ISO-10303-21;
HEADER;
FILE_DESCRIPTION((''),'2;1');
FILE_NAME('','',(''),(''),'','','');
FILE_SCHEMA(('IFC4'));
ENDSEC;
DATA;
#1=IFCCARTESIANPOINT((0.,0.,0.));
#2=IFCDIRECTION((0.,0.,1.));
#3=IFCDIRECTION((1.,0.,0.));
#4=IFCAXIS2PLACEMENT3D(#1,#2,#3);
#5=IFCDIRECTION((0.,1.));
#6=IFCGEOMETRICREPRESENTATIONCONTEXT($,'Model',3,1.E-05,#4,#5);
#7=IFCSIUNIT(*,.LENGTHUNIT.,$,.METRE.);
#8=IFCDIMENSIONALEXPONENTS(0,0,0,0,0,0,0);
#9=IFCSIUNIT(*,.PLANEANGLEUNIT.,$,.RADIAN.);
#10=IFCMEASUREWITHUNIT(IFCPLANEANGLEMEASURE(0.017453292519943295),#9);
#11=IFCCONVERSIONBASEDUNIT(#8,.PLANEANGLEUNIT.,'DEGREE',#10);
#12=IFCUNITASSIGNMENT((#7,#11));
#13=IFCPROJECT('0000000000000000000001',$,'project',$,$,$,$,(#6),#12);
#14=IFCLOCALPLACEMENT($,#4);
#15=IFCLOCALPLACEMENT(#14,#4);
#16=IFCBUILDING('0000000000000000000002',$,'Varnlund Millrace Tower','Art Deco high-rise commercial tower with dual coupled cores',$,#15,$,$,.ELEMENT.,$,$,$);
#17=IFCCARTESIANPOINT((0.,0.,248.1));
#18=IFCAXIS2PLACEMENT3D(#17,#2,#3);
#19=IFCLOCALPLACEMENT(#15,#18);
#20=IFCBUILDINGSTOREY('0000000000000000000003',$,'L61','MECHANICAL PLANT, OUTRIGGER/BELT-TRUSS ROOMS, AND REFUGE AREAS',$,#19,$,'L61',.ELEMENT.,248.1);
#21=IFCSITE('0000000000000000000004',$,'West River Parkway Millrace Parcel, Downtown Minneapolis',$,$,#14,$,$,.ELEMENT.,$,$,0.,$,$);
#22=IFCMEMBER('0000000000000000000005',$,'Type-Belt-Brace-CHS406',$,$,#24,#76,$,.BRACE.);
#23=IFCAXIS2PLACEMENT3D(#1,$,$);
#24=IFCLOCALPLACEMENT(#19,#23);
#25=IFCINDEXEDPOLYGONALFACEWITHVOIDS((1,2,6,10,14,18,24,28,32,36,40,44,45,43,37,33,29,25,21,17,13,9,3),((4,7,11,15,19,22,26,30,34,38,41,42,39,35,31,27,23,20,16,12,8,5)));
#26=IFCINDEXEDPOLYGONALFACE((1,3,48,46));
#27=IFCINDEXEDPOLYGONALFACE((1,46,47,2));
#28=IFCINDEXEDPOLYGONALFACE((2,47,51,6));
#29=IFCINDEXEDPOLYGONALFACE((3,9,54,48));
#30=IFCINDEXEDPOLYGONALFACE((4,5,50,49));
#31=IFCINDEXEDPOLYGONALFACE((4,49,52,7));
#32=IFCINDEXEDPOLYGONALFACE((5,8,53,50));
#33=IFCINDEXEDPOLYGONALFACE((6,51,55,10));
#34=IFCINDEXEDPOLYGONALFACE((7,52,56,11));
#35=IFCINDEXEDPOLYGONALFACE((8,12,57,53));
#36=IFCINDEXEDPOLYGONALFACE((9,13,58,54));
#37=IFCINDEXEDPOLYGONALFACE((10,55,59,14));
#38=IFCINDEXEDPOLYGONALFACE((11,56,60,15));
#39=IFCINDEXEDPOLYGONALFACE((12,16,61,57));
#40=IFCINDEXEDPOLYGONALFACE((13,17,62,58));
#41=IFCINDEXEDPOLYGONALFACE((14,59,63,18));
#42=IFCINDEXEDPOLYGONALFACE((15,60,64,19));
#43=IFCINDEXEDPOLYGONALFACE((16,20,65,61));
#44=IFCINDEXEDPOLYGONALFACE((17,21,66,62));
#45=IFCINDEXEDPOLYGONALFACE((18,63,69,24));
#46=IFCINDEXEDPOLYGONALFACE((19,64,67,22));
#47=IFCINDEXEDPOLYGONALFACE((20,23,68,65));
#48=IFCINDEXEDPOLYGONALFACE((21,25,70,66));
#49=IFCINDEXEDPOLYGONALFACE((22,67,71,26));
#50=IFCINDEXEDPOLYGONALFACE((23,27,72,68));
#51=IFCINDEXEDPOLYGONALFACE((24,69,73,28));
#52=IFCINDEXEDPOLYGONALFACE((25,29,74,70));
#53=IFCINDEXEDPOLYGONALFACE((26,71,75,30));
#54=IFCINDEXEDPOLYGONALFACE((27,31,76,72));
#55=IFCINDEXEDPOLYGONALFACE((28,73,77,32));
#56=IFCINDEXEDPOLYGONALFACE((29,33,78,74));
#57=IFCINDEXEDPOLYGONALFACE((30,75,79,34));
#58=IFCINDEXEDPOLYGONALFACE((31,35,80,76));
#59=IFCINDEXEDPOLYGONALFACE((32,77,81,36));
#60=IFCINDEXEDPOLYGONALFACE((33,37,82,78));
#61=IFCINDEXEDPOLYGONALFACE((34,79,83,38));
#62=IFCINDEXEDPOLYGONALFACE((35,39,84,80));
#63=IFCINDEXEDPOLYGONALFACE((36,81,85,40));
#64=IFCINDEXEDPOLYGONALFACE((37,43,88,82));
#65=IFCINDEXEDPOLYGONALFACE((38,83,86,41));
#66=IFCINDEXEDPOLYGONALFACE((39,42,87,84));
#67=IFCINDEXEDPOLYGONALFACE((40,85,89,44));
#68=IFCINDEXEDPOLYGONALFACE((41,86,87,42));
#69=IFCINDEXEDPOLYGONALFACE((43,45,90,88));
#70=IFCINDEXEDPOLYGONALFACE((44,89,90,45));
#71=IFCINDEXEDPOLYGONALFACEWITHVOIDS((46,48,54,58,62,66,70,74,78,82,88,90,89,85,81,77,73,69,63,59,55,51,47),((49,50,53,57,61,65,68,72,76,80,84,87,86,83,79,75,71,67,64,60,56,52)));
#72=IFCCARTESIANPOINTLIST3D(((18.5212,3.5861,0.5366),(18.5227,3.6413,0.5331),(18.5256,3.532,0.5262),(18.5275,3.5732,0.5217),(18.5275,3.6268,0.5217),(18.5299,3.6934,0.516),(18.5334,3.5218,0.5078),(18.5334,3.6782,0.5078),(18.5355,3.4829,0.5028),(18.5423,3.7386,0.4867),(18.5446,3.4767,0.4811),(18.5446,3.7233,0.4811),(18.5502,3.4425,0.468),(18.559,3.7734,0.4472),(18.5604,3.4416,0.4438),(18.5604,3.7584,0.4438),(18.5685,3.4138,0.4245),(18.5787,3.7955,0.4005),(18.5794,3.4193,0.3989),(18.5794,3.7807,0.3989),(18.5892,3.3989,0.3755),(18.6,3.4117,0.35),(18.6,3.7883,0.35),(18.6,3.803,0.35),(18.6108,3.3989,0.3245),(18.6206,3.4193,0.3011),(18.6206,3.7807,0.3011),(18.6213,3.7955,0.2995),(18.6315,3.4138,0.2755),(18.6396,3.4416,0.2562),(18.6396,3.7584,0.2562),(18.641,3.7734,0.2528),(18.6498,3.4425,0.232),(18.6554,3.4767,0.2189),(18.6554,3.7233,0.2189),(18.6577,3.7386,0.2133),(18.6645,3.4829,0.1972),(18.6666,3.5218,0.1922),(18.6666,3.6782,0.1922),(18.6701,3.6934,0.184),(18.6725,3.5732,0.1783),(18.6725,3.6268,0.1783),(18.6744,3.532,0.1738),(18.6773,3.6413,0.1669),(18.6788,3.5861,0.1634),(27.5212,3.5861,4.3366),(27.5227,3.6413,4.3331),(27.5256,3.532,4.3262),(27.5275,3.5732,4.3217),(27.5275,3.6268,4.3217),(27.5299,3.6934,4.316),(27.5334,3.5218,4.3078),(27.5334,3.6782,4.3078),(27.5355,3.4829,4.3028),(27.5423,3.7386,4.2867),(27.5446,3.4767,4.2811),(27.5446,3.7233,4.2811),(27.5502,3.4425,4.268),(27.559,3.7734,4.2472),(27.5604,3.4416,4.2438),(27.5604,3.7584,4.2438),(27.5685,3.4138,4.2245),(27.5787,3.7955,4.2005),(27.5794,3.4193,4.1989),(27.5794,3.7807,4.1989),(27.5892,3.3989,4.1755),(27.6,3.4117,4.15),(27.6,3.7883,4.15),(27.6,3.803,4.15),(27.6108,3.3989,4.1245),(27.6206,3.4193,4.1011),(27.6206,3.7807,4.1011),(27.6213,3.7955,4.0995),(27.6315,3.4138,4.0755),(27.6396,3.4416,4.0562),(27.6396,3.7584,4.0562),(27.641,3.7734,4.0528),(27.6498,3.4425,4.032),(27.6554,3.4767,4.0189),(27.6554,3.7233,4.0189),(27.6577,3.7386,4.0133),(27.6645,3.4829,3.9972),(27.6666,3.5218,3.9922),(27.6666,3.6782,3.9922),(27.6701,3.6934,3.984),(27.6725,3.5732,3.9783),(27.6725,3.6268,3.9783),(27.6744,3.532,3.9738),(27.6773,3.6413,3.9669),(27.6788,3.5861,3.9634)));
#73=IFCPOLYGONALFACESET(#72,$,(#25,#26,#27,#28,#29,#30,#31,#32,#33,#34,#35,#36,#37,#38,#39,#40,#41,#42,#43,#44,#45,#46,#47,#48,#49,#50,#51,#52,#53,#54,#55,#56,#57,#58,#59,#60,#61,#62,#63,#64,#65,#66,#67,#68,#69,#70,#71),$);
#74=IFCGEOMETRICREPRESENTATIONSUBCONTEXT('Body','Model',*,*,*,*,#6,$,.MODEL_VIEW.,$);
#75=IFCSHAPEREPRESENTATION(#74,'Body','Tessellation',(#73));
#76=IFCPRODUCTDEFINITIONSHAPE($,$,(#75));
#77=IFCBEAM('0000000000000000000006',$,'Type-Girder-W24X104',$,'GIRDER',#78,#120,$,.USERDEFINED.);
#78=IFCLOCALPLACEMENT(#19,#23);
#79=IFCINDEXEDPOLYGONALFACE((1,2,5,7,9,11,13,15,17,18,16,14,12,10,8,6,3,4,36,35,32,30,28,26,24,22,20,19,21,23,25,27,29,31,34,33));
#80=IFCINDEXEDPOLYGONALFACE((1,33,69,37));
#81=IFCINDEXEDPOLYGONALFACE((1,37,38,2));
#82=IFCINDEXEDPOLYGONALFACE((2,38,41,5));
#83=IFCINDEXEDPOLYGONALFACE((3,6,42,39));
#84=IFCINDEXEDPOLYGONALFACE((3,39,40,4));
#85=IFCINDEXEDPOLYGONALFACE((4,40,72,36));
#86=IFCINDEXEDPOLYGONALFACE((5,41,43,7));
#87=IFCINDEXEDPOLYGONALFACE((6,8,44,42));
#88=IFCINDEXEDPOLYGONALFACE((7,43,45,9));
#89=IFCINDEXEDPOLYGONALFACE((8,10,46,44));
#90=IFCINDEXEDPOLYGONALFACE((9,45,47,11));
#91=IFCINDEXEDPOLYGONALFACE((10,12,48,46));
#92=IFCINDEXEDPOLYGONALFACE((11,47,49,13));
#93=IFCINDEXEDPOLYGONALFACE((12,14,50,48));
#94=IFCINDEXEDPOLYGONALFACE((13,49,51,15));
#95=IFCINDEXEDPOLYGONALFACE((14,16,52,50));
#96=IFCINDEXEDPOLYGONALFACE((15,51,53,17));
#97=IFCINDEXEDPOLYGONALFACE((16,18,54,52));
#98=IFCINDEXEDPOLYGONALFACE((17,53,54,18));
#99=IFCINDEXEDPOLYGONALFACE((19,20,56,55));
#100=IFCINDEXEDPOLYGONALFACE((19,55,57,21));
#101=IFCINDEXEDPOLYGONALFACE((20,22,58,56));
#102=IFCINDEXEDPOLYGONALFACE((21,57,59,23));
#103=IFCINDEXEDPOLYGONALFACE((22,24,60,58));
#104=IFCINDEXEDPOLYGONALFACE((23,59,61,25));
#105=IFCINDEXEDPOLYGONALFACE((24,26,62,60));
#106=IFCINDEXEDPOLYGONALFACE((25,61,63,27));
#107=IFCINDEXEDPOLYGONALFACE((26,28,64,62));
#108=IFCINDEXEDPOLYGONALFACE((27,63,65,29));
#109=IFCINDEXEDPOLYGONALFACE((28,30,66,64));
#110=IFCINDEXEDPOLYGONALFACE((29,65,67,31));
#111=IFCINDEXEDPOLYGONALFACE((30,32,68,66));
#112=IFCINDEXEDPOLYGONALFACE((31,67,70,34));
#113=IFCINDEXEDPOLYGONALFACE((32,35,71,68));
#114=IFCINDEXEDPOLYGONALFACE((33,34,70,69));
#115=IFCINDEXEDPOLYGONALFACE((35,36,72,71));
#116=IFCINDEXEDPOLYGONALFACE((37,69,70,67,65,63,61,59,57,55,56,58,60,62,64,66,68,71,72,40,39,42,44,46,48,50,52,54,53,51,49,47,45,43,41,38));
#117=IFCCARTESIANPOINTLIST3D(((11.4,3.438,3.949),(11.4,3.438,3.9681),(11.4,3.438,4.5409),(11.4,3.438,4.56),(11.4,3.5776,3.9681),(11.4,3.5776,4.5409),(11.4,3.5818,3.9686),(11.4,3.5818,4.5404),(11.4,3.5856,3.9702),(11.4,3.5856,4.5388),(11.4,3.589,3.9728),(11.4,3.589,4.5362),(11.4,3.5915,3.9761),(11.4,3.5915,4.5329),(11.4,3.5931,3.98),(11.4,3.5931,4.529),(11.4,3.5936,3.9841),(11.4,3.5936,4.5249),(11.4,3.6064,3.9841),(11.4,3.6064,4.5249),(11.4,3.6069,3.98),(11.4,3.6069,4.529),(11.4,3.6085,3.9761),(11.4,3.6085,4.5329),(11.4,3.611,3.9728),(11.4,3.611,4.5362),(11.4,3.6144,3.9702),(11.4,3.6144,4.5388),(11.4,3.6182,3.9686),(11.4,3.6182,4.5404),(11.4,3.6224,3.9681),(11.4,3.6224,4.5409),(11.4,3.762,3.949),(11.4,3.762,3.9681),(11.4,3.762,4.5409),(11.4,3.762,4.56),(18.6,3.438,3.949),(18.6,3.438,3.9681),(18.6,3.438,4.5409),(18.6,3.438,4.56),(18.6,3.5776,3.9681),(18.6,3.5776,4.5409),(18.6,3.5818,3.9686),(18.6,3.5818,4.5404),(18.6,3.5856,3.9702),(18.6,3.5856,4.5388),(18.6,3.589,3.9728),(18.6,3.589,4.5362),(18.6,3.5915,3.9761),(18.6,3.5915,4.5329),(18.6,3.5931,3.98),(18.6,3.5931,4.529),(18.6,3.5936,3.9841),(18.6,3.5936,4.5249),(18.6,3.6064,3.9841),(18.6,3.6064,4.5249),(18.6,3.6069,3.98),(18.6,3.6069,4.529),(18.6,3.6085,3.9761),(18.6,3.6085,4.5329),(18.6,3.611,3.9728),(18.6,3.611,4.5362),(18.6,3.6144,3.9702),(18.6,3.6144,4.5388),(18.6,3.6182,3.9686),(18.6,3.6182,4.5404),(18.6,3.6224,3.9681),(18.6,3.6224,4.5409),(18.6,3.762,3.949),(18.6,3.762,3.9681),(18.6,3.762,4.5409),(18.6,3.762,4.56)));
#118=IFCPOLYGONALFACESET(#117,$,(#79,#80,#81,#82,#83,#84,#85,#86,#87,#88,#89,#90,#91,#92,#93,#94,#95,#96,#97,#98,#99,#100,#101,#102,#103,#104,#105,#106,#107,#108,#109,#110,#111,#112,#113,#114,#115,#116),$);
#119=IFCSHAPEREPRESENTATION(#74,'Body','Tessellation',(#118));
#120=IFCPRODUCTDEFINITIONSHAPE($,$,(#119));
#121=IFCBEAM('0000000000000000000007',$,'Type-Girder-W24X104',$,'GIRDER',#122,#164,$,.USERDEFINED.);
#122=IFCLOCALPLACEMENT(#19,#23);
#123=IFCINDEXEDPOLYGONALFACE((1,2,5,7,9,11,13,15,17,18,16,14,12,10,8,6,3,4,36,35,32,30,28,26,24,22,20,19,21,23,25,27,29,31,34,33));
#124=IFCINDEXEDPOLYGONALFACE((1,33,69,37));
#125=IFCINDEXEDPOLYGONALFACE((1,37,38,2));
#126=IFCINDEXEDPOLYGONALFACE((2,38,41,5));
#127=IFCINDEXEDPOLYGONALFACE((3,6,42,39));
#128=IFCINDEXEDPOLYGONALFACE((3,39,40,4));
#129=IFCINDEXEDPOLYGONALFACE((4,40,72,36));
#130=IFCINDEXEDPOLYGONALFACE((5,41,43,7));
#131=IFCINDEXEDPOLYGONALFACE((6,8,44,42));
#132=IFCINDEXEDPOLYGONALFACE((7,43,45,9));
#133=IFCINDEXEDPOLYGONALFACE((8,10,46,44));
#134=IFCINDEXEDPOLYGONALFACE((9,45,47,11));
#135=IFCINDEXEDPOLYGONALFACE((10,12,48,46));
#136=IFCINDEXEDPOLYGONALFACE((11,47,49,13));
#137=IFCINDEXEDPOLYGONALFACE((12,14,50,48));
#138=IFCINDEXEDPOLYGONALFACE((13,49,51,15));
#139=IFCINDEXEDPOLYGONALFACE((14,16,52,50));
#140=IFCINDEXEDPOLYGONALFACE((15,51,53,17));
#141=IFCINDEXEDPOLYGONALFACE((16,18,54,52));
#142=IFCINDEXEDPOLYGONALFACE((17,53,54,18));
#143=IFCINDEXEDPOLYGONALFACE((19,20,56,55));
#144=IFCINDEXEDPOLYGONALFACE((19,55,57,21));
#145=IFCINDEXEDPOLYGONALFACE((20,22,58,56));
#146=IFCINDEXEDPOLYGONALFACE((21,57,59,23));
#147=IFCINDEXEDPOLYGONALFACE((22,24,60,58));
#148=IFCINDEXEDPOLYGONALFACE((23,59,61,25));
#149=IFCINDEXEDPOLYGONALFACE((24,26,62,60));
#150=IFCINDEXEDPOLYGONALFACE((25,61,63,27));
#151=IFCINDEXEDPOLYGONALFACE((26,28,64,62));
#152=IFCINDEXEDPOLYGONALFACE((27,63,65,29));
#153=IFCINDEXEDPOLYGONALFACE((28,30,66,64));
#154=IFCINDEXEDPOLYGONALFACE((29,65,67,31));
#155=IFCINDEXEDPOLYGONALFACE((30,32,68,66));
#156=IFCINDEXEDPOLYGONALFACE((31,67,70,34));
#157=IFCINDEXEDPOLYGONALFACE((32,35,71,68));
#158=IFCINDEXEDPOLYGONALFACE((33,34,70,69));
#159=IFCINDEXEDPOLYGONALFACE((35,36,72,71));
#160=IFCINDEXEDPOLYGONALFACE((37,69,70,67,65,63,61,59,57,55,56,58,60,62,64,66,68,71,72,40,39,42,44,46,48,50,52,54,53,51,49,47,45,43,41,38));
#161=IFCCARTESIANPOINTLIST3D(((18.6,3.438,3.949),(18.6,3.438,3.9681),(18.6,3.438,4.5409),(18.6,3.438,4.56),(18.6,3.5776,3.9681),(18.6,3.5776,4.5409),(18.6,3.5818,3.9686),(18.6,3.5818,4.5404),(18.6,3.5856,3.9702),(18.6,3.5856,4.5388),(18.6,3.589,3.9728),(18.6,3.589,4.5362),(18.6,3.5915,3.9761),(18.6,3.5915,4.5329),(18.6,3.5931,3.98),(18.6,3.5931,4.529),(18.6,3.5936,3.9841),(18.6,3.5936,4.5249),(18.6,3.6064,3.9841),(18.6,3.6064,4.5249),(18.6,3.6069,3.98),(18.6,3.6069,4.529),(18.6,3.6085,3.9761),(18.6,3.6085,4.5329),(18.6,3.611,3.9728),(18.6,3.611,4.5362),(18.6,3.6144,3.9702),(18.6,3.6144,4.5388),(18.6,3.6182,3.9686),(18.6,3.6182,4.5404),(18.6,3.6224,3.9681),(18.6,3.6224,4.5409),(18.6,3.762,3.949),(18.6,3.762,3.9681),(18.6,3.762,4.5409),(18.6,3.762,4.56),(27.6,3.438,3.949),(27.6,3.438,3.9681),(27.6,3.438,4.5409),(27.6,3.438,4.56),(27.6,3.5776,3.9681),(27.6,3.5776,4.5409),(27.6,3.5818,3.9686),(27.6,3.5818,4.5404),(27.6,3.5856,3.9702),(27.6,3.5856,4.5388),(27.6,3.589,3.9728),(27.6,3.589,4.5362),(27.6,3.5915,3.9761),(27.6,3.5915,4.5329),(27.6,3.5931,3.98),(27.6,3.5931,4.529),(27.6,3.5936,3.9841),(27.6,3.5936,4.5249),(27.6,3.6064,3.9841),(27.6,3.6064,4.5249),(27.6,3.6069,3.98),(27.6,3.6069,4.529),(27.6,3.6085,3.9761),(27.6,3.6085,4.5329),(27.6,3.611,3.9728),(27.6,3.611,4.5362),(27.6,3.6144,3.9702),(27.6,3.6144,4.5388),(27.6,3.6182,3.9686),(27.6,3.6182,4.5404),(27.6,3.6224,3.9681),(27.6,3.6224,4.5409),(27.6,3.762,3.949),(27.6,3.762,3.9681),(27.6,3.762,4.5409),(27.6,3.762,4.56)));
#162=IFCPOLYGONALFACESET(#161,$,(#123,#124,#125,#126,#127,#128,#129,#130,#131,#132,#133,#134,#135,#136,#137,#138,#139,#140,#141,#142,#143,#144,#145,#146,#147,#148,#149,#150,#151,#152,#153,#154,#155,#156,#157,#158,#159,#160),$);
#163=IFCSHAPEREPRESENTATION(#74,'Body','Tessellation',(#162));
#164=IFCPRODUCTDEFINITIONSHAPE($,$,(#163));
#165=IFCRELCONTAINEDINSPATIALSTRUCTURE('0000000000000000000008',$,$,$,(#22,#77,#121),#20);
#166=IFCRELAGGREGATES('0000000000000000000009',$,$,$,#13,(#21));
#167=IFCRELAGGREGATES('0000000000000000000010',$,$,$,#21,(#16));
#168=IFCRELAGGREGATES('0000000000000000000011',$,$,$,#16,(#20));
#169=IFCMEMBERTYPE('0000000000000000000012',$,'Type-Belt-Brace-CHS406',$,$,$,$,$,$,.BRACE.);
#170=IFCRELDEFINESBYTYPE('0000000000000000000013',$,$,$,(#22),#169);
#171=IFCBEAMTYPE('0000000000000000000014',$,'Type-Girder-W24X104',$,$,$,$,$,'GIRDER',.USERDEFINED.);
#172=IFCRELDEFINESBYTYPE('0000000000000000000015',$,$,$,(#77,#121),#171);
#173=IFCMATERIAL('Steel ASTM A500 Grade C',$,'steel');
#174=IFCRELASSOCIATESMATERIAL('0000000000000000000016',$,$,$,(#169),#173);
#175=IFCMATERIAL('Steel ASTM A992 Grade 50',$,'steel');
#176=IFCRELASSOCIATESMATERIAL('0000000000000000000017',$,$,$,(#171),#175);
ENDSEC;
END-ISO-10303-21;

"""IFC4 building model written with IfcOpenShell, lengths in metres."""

from ifc_helpers import new_model, entity, si_unit, converted_unit, direction, frame, origin_with_axes, origin_2d_with_axis, place, context, subcontext, project, spatial, hollow_circle, i_section, extrude, material, material_profile, profile_set, type_object, element, save


model = new_model("IFC4")

# Units and contexts
model_context = context("Model", 3, precision=1e-05, world=origin_with_axes(), true_north=direction((0.0, 1.0)))
body_context = subcontext(model_context, "Body", "Model", "MODEL_VIEW")
ifc_project = project(units=[si_unit("LENGTHUNIT", "METRE"), converted_unit("PLANEANGLEUNIT", "DEGREE", entity("IfcPlaneAngleMeasure", 0.017453292519943295), si_unit("PLANEANGLEUNIT", "RADIAN"), dimensions=[0, 0, 0, 0, 0, 0, 0])], contexts=[model_context])

# Site, building, storey
site_placement = place(None, origin_with_axes())
site = spatial("IfcSite", under=ifc_project, at=site_placement, Name="West River Parkway Millrace Parcel, Downtown Minneapolis", CompositionType="ELEMENT", RefElevation=0.0)
building_placement = place(site_placement, origin_with_axes())
building = spatial("IfcBuilding", under=site, at=building_placement, Name="Varnlund Millrace Tower", Description="Art Deco high-rise commercial tower with dual coupled cores", CompositionType="ELEMENT")
storey_placement = place(building_placement, frame((0.0, 0.0, 248.1), z_axis=(0.0, 0.0, 1.0), x_axis=(1.0, 0.0, 0.0)))
storey = spatial("IfcBuildingStorey", under=building, at=storey_placement, Name="L61", Description="MECHANICAL PLANT, OUTRIGGER/BELT-TRUSS ROOMS, AND REFUGE AREAS", LongName="L61", CompositionType="ELEMENT", Elevation=248.1)

# Shared definitions
ifc_material_1 = material(Name="Steel ASTM A992 Grade 50", Category="steel")

# Member
ifc_material_2 = material(Name="Steel ASTM A500 Grade C", Category="steel")
ifc_material_profile_1 = material_profile(ifc_material_2, hollow_circle(Radius=0.203, WallThickness=0.0147, at=origin_2d_with_axis()), Name="Steel ASTM A500 Grade C")
ifc_profile_set_1 = profile_set([ifc_material_profile_1], Name="Steel ASTM A500 Grade C")
member_type = type_object("IfcMemberType", Name="Type-Belt-Brace-CHS406", PredefinedType="BRACE", material=ifc_profile_set_1)
member_1_placement = place(storey_placement, frame((18.6, 3.6, 0.35), z_axis=(0.92125, 0.0, 0.388972), x_axis=(0.0, 1.0, 0.0)))
element("IfcMember", 1, at=member_1_placement, inside=storey, type_object=member_type, Name="Type-Belt-Brace-CHS406", PredefinedType="BRACE", context=body_context, shape_type="SweptSolid", body=[
    extrude(hollow_circle(Radius=0.203, WallThickness=0.0147, at=origin_2d_with_axis()), origin_with_axes(), (0.0, 0.0, 1.0), 9.7693),
])

# Beams
ifc_material_profile_2 = material_profile(ifc_material_1, i_section(OverallWidth=0.324, OverallDepth=0.611, WebThickness=0.0127, FlangeThickness=0.0191, FilletRadius=0.016, at=origin_2d_with_axis()), Name="Steel ASTM A992 Grade 50")
ifc_profile_set_2 = profile_set([ifc_material_profile_2], Name="Steel ASTM A992 Grade 50")
beam_type_1 = type_object("IfcBeamType", Name="Type-Girder-W24X104", ElementType="GIRDER", PredefinedType="USERDEFINED", material=ifc_profile_set_2)
beam_1_placement = place(storey_placement, frame((11.4, 3.6, 4.2545), z_axis=(1.0, 0.0, 0.0), x_axis=(0.0, 1.0, 0.0)))
element("IfcBeam", 2, at=beam_1_placement, inside=storey, type_object=beam_type_1, Name="Type-Girder-W24X104", ObjectType="GIRDER", PredefinedType="USERDEFINED", context=body_context, shape_type="SweptSolid", body=[
    extrude(i_section(OverallWidth=0.324, OverallDepth=0.611, WebThickness=0.0127, FlangeThickness=0.0191, FilletRadius=0.016, at=origin_2d_with_axis()), origin_with_axes(), (0.0, 0.0, 1.0), 7.2),
])
beam_2_placement = place(storey_placement, frame((18.6, 3.6, 4.2545), z_axis=(1.0, 0.0, 0.0), x_axis=(0.0, 1.0, 0.0)))
element("IfcBeam", 3, at=beam_2_placement, inside=storey, type_object=beam_type_1, Name="Type-Girder-W24X104", ObjectType="GIRDER", PredefinedType="USERDEFINED", context=body_context, shape_type="SweptSolid", body=[
    extrude(i_section(OverallWidth=0.324, OverallDepth=0.611, WebThickness=0.0127, FlangeThickness=0.0191, FilletRadius=0.016, at=origin_2d_with_axis()), origin_with_axes(), (0.0, 0.0, 1.0), 9.0),
])

save(model, "model.ifc")
